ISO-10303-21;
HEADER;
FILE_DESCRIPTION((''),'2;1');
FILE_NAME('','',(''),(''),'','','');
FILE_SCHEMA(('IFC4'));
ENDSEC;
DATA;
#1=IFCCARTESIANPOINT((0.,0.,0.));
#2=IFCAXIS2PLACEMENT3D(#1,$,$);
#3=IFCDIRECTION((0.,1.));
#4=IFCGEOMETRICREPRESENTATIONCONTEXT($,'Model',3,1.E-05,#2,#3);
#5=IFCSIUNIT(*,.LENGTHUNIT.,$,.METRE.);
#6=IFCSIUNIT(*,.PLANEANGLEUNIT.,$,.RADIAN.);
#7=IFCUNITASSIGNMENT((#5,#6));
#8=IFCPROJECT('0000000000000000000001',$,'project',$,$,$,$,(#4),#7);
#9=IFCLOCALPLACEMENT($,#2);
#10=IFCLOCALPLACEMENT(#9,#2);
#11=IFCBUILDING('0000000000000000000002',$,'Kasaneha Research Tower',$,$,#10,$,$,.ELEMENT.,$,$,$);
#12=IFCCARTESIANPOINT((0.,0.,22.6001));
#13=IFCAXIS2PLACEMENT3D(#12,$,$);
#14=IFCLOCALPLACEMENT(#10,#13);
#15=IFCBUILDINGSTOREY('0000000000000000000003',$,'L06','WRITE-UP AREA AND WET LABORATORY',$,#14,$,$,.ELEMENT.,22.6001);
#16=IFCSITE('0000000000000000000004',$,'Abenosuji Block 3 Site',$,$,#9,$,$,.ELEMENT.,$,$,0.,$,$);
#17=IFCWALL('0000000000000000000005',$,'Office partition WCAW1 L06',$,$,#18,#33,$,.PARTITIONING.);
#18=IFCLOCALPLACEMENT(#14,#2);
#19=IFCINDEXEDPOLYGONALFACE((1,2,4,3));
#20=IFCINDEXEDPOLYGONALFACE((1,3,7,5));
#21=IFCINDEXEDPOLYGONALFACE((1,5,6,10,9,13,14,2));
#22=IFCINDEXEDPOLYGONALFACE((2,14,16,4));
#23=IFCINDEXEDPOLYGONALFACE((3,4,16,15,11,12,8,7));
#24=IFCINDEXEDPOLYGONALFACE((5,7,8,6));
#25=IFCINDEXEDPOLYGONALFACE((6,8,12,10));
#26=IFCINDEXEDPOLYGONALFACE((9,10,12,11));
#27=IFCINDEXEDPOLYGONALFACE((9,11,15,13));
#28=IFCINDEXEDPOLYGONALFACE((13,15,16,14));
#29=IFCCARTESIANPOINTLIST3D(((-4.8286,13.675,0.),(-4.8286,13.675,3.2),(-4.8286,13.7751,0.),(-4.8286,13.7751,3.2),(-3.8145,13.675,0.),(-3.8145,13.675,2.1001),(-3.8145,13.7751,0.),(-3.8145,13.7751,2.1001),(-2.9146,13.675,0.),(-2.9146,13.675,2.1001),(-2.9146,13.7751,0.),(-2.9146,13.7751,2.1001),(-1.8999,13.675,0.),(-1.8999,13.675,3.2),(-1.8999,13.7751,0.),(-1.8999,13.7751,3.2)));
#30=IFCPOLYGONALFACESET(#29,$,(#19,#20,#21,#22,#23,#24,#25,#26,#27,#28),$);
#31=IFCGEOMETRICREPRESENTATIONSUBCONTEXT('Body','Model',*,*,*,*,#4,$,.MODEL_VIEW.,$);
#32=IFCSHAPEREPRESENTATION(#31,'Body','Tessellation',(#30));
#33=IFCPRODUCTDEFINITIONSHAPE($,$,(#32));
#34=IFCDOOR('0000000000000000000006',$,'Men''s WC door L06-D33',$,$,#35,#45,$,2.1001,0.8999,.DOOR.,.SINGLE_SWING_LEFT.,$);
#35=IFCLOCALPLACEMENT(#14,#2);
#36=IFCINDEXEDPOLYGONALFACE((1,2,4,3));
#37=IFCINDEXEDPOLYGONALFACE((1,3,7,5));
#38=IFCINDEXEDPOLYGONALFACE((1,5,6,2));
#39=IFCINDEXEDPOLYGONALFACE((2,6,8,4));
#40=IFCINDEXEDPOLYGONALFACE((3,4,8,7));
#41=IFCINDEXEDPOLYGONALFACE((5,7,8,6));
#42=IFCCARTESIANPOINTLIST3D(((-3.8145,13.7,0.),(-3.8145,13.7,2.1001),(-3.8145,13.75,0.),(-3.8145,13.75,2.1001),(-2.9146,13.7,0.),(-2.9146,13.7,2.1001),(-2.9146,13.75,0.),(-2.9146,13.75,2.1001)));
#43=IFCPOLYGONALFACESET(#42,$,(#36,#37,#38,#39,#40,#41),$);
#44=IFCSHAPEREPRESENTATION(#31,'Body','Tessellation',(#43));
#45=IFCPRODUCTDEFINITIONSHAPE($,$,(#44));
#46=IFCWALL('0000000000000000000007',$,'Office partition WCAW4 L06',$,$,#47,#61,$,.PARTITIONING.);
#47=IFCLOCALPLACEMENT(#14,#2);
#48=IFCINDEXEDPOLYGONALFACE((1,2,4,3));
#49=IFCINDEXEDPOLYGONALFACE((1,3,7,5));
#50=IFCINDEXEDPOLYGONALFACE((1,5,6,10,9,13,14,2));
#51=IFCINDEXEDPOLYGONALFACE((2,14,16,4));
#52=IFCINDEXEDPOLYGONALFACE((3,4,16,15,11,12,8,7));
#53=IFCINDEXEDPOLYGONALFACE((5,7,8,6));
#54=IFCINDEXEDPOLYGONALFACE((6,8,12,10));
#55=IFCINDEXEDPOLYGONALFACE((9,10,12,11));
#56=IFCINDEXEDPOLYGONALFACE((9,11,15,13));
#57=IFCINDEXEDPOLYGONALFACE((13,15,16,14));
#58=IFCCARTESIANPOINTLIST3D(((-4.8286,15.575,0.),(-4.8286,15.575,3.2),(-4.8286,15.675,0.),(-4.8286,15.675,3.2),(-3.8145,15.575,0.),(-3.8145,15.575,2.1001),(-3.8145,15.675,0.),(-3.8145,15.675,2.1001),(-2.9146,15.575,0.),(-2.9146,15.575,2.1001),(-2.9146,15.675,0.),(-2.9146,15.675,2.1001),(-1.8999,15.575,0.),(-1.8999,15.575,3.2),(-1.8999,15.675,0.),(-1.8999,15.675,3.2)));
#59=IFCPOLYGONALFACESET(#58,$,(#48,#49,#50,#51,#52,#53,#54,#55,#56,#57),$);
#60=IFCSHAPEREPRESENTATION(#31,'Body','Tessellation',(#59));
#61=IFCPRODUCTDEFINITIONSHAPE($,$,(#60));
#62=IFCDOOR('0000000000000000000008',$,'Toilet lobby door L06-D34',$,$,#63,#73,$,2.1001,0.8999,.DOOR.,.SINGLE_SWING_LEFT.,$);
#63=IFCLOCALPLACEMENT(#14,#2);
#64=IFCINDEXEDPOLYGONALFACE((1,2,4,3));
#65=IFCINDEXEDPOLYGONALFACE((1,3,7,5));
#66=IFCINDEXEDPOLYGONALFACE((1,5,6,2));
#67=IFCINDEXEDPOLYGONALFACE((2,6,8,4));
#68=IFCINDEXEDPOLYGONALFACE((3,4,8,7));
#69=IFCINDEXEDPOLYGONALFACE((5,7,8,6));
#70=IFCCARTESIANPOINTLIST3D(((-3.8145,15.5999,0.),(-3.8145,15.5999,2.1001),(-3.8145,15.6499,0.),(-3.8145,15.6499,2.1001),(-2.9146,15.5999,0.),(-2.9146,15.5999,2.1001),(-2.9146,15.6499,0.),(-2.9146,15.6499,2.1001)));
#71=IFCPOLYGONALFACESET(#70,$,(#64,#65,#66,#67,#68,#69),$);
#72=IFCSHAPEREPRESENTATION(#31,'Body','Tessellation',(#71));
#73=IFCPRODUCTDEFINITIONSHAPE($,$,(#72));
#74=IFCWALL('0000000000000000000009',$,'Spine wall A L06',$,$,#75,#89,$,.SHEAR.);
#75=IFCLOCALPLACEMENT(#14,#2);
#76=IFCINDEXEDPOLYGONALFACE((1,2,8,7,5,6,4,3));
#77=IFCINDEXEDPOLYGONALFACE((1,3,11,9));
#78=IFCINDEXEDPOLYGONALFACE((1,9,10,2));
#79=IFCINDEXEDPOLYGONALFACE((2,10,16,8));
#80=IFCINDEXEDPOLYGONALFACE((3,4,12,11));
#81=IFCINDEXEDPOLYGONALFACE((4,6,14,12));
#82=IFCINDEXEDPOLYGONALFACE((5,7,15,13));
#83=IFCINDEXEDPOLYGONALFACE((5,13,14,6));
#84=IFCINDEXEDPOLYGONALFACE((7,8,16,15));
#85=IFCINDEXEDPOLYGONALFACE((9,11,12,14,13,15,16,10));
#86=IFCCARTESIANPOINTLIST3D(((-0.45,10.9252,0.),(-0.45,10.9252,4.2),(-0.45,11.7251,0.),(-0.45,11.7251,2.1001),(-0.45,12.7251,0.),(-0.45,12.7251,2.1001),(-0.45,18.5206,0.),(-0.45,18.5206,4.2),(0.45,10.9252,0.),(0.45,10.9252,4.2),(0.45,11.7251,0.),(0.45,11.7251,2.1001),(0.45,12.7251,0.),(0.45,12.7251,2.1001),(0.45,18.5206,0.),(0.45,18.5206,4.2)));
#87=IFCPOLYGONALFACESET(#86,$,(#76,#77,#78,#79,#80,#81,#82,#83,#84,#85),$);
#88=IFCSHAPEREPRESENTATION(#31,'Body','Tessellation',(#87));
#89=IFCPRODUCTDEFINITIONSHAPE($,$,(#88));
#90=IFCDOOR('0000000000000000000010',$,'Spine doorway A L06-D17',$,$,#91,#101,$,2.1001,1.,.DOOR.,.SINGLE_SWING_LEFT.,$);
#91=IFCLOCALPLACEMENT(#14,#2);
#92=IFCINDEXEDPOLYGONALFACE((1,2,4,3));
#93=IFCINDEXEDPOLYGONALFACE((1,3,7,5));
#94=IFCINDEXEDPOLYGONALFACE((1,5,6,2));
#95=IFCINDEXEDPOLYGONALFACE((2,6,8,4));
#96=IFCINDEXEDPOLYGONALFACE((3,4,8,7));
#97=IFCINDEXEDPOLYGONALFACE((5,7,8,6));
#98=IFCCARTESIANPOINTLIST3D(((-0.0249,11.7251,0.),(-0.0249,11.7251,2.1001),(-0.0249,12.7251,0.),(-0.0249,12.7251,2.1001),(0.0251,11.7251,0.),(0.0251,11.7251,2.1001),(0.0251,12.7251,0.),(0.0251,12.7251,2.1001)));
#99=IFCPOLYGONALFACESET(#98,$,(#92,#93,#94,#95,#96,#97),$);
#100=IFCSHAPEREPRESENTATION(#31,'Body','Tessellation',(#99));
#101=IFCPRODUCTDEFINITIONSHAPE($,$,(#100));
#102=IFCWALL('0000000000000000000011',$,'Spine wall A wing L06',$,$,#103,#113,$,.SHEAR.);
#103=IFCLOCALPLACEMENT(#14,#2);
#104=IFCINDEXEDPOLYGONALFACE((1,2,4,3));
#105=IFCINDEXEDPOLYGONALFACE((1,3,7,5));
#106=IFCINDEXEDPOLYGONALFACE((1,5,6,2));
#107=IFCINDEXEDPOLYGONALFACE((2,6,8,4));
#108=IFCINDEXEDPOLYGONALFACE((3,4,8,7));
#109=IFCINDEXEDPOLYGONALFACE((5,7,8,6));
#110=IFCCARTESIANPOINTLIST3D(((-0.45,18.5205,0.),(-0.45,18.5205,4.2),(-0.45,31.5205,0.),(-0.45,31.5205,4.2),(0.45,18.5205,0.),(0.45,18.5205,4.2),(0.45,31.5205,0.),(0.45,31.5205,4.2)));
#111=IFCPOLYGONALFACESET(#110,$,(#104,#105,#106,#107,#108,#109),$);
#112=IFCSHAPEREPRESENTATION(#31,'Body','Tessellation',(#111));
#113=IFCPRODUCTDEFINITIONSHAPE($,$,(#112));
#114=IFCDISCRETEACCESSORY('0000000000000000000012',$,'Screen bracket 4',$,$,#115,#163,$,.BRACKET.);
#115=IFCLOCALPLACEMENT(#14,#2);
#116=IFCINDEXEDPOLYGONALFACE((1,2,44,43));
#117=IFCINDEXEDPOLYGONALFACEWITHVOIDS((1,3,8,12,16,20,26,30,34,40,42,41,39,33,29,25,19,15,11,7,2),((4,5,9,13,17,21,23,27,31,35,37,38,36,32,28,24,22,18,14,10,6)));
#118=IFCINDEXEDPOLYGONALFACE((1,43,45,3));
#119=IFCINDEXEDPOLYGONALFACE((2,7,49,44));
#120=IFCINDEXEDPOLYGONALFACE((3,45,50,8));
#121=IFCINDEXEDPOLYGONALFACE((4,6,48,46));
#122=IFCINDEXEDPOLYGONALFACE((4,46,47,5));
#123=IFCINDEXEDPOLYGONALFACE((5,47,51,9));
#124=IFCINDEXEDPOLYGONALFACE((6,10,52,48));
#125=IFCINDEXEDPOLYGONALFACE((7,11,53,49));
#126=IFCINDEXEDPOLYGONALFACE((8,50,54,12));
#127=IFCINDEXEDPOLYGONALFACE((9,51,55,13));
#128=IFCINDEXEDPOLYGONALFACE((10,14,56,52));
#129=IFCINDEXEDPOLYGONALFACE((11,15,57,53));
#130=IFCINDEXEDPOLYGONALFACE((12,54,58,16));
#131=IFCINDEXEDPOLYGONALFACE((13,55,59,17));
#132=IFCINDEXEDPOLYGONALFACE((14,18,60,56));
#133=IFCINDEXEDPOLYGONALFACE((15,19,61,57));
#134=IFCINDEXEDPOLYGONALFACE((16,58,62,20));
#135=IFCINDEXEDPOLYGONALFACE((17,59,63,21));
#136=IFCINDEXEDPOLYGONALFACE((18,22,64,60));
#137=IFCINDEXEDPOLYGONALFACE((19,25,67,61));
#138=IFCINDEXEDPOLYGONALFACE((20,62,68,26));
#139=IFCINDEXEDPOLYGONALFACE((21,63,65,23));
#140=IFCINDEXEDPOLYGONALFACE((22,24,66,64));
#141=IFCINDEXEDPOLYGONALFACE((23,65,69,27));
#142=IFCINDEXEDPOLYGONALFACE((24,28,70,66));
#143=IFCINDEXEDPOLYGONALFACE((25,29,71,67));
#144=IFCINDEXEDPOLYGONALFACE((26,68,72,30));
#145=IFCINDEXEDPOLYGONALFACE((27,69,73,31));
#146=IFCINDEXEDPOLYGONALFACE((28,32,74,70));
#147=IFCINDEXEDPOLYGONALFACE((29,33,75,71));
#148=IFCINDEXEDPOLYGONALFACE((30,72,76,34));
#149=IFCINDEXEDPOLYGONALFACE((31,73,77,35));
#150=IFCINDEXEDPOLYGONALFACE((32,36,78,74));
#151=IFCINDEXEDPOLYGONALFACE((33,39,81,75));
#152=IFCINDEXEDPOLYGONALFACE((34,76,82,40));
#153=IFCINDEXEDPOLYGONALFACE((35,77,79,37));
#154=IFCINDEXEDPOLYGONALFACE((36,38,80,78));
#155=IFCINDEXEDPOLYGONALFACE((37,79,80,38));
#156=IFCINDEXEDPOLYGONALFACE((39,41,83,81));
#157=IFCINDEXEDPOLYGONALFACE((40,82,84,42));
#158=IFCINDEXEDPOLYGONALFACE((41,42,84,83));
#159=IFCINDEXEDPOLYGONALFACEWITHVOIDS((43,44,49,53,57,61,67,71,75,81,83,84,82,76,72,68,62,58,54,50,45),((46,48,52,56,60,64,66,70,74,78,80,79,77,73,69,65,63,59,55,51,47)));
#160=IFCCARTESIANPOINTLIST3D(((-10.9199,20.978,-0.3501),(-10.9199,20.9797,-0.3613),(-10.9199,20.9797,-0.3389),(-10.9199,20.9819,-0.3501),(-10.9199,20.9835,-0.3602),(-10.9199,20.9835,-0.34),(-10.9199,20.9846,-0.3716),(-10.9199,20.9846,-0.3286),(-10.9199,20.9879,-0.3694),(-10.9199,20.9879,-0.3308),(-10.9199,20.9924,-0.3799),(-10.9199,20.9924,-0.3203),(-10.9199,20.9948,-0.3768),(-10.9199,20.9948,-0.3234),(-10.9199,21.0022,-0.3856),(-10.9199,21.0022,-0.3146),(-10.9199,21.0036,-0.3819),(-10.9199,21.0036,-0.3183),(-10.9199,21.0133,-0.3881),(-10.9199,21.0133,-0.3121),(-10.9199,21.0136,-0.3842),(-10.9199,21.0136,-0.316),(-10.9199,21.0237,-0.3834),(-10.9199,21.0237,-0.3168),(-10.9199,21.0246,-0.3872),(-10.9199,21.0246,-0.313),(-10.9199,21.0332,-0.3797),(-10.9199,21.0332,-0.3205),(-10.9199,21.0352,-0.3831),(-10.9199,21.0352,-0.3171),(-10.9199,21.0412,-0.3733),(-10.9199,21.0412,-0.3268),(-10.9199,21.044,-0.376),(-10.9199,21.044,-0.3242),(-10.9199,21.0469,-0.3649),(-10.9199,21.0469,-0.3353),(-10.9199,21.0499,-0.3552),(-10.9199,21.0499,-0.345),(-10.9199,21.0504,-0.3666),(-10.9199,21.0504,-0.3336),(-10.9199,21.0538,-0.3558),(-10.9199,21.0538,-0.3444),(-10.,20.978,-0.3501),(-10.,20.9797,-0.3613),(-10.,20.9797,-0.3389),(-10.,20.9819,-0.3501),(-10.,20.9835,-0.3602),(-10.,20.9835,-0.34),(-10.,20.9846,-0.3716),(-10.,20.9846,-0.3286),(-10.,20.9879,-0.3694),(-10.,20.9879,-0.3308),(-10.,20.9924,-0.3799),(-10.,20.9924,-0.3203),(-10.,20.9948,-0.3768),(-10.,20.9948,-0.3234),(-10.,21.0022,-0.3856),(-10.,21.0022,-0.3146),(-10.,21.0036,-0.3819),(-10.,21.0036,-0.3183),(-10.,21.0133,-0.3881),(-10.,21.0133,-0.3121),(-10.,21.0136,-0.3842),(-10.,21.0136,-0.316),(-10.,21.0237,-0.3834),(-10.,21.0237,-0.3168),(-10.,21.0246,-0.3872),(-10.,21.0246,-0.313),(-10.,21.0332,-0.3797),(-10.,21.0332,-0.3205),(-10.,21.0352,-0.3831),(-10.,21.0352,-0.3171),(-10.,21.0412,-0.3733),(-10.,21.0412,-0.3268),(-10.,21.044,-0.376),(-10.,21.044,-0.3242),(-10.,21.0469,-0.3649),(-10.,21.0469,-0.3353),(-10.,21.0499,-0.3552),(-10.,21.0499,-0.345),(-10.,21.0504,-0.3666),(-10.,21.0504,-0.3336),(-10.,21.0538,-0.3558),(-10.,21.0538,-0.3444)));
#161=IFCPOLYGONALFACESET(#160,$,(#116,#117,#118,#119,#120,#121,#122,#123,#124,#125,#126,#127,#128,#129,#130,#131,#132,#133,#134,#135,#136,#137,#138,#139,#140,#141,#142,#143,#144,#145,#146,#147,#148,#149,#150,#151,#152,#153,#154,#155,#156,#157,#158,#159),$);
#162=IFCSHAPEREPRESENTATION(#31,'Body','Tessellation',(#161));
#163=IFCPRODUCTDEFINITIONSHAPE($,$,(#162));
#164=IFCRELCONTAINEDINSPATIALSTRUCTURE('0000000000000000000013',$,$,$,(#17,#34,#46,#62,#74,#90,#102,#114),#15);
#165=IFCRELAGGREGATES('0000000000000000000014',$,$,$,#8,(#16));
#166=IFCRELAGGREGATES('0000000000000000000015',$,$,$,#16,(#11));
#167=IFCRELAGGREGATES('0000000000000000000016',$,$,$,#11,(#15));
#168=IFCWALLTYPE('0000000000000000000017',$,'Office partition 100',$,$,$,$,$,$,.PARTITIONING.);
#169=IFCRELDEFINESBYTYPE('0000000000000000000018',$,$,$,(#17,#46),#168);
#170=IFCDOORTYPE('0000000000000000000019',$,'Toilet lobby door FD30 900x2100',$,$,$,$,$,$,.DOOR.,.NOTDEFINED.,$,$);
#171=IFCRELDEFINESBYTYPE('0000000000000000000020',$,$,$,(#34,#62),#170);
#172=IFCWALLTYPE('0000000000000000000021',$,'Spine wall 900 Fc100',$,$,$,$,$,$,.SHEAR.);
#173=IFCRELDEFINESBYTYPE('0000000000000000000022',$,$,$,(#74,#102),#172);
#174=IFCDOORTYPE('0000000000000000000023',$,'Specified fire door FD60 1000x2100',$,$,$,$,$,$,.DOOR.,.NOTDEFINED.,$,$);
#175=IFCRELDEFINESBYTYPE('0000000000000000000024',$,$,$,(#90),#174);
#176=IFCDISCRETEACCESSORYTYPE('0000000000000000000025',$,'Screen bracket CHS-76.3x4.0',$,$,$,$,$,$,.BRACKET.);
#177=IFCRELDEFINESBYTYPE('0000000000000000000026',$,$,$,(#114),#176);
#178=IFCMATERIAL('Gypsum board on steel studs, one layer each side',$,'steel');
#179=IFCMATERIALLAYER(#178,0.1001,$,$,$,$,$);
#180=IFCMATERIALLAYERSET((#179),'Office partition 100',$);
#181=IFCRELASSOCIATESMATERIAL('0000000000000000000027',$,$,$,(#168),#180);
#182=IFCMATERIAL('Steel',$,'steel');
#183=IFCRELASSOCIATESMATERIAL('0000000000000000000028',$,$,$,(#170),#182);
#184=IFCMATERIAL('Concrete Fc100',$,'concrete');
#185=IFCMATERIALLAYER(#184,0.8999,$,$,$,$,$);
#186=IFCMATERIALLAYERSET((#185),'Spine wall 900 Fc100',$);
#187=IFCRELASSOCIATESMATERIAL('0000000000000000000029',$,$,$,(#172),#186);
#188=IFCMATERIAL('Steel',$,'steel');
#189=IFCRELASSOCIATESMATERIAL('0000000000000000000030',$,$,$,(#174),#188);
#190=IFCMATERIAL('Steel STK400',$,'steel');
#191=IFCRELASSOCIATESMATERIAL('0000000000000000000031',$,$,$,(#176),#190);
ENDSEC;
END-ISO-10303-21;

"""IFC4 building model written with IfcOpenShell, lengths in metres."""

from ifc_helpers import new_model, si_unit, direction, frame, frame_2d, origin, origin_2d, place, context, subcontext, project, spatial, rectangle, hollow_circle, extrude, material, layer, layer_set, material_profile, profile_set, type_object, element, fill, save


model = new_model("IFC4")

# Units and contexts
model_context = context("Model", 3, precision=1e-05, world=origin(), true_north=direction((0.0, 1.0)))
body_context = subcontext(model_context, "Body", "Model", "MODEL_VIEW")
ifc_project = project(units=[si_unit("LENGTHUNIT", "METRE"), si_unit("PLANEANGLEUNIT", "RADIAN")], contexts=[model_context])

# Site, building, storey
site_placement = place(None, origin())
site = spatial("IfcSite", under=ifc_project, at=site_placement, Name="Abenosuji Block 3 Site", CompositionType="ELEMENT", RefElevation=0.0)
building_placement = place(site_placement, origin())
building = spatial("IfcBuilding", under=site, at=building_placement, Name="Kasaneha Research Tower", CompositionType="ELEMENT")
storey_placement = place(building_placement, frame((0.0, 0.0, 22.6001)))
storey = spatial("IfcBuildingStorey", under=building, at=storey_placement, Name="L06", Description="WRITE-UP AREA AND WET LABORATORY", CompositionType="ELEMENT", Elevation=22.6001)

# Walls, openings, doors
ifc_material_1 = material(Name="Gypsum board on steel studs, one layer each side", Category="steel")
ifc_layer_1 = layer(ifc_material_1, 0.1001)
ifc_layer_set_1 = layer_set([ifc_layer_1], Name="Office partition 100")
wall_type_1 = type_object("IfcWallType", Name="Office partition 100", PredefinedType="PARTITIONING", material=ifc_layer_set_1)
wall_1_placement = place(storey_placement, frame((-4.8286, 13.7251, 0.0), z_axis=(0.0, 0.0, 1.0), x_axis=(1.0, 0.0, 0.0)))
wall_1 = element("IfcWall", 1, at=wall_1_placement, inside=storey, type_object=wall_type_1, Name="Office partition WCAW1 L06", PredefinedType="PARTITIONING", context=body_context, shape_type="SweptSolid", body=[
    extrude(rectangle(XDim=2.9287, YDim=0.1001, at=frame_2d((1.4644, 0.0))), origin(), (0.0, 0.0, 1.0), 3.2),
])
opening_1_placement = place(wall_1_placement, frame((1.0142, 0.0, 0.0)))
opening_1 = element("IfcOpeningElement", 2, at=opening_1_placement, cuts=wall_1, PredefinedType="OPENING", context=body_context, shape_type="SweptSolid", body=[
    extrude(rectangle(XDim=0.8999, YDim=2.1001, at=frame_2d((0.45, 1.05))), frame((0.0, 0.0601, 0.0), z_axis=(0.0, -1.0, 0.0), x_axis=(1.0, 0.0, 0.0)), (0.0, 0.0, 1.0), 0.1201),
])
ifc_material_2 = material(Name="Steel", Category="steel")
door_type_1 = type_object("IfcDoorType", Name="Toilet lobby door FD30 900x2100", OperationType="NOTDEFINED", PredefinedType="DOOR", material=ifc_material_2)
door_1_placement = place(opening_1_placement, origin())
door_1 = element("IfcDoor", 3, at=door_1_placement, inside=storey, type_object=door_type_1, Name="Men's WC door L06-D33", OperationType="SINGLE_SWING_LEFT", OverallHeight=2.1001, OverallWidth=0.8999, PredefinedType="DOOR", context=body_context, shape_type="SweptSolid", body=[
    extrude(rectangle(XDim=0.8999, YDim=2.1001, at=frame_2d((0.45, 1.05))), frame((0.0, 0.0249, 0.0), z_axis=(0.0, -1.0, 0.0), x_axis=(1.0, 0.0, 0.0)), (0.0, 0.0, 1.0), 0.05),
])
fill(opening_1, door_1)
wall_2_placement = place(storey_placement, frame((-4.8286, 15.625, 0.0), z_axis=(0.0, 0.0, 1.0), x_axis=(1.0, 0.0, 0.0)))
wall_2 = element("IfcWall", 4, at=wall_2_placement, inside=storey, type_object=wall_type_1, Name="Office partition WCAW4 L06", PredefinedType="PARTITIONING", context=body_context, shape_type="SweptSolid", body=[
    extrude(rectangle(XDim=2.9287, YDim=0.1001, at=frame_2d((1.4644, 0.0))), origin(), (0.0, 0.0, 1.0), 3.2),
])
opening_2_placement = place(wall_2_placement, frame((1.0142, 0.0, 0.0)))
opening_2 = element("IfcOpeningElement", 5, at=opening_2_placement, cuts=wall_2, PredefinedType="OPENING", context=body_context, shape_type="SweptSolid", body=[
    extrude(rectangle(XDim=0.8999, YDim=2.1001, at=frame_2d((0.45, 1.05))), frame((0.0, 0.0601, 0.0), z_axis=(0.0, -1.0, 0.0), x_axis=(1.0, 0.0, 0.0)), (0.0, 0.0, 1.0), 0.1201),
])
door_2_placement = place(opening_2_placement, origin())
door_2 = element("IfcDoor", 6, at=door_2_placement, inside=storey, type_object=door_type_1, Name="Toilet lobby door L06-D34", OperationType="SINGLE_SWING_LEFT", OverallHeight=2.1001, OverallWidth=0.8999, PredefinedType="DOOR", context=body_context, shape_type="SweptSolid", body=[
    extrude(rectangle(XDim=0.8999, YDim=2.1001, at=frame_2d((0.45, 1.05))), frame((0.0, 0.0249, 0.0), z_axis=(0.0, -1.0, 0.0), x_axis=(1.0, 0.0, 0.0)), (0.0, 0.0, 1.0), 0.05),
])
fill(opening_2, door_2)
ifc_material_3 = material(Name="Concrete Fc100", Category="concrete")
ifc_layer_2 = layer(ifc_material_3, 0.8999)
ifc_layer_set_2 = layer_set([ifc_layer_2], Name="Spine wall 900 Fc100")
wall_type_2 = type_object("IfcWallType", Name="Spine wall 900 Fc100", PredefinedType="SHEAR", material=ifc_layer_set_2)
wall_3_placement = place(storey_placement, frame((0.0, 10.925, 0.0), z_axis=(0.0, 0.0, 1.0), x_axis=(0.0, 1.0, 0.0)))
wall_3 = element("IfcWall", 7, at=wall_3_placement, inside=storey, type_object=wall_type_2, Name="Spine wall A L06", PredefinedType="SHEAR", context=body_context, shape_type="SweptSolid", body=[
    extrude(rectangle(XDim=7.5955, YDim=0.8999, at=frame_2d((3.7979, 0.0))), origin(), (0.0, 0.0, 1.0), 4.2),
])
opening_3_placement = place(wall_3_placement, frame((0.8, 0.0, 0.0)))
opening_3 = element("IfcOpeningElement", 8, at=opening_3_placement, cuts=wall_3, PredefinedType="OPENING", context=body_context, shape_type="SweptSolid", body=[
    extrude(rectangle(XDim=1.0, YDim=2.1001, at=frame_2d((0.5, 1.05))), frame((0.0, 0.46, 0.0), z_axis=(0.0, -1.0, 0.0), x_axis=(1.0, 0.0, 0.0)), (0.0, 0.0, 1.0), 0.9199),
])
ifc_material_4 = material(Name="Steel", Category="steel")
door_type_2 = type_object("IfcDoorType", Name="Specified fire door FD60 1000x2100", OperationType="NOTDEFINED", PredefinedType="DOOR", material=ifc_material_4)
door_3_placement = place(opening_3_placement, origin())
door_3 = element("IfcDoor", 9, at=door_3_placement, inside=storey, type_object=door_type_2, Name="Spine doorway A L06-D17", OperationType="SINGLE_SWING_LEFT", OverallHeight=2.1001, OverallWidth=1.0, PredefinedType="DOOR", context=body_context, shape_type="SweptSolid", body=[
    extrude(rectangle(XDim=1.0, YDim=2.1001, at=frame_2d((0.5, 1.05))), frame((0.0, 0.0249, 0.0), z_axis=(0.0, -1.0, 0.0), x_axis=(1.0, 0.0, 0.0)), (0.0, 0.0, 1.0), 0.05),
])
fill(opening_3, door_3)

# Wall
wall_4_placement = place(storey_placement, frame((0.0, 18.5205, 0.0), z_axis=(0.0, 0.0, 1.0), x_axis=(0.0, 1.0, 0.0)))
element("IfcWall", 10, at=wall_4_placement, inside=storey, type_object=wall_type_2, Name="Spine wall A wing L06", PredefinedType="SHEAR", context=body_context, shape_type="SweptSolid", body=[
    extrude(rectangle(XDim=13.0, YDim=0.8999, at=frame_2d((6.5, 0.0))), origin(), (0.0, 0.0, 1.0), 4.2),
])

# Discrete accessory
ifc_material_5 = material(Name="Steel STK400", Category="steel")
ifc_material_profile_1 = material_profile(ifc_material_5, hollow_circle(Radius=0.0381, WallThickness=0.0039, at=origin_2d()), Name="CHS-76.3x4.0")
ifc_profile_set_1 = profile_set([ifc_material_profile_1], Name="Steel STK400")
discrete_accessory_type = type_object("IfcDiscreteAccessoryType", Name="Screen bracket CHS-76.3x4.0", PredefinedType="BRACKET", material=ifc_profile_set_1)
for number, where, z_axis, x_axis, name in (
    (11, (-10.0, 21.0161, -0.3501), (-1.0, 0.0, 0.0), (0.0, -1.0, 0.0), "Screen bracket 4"),
):
    element("IfcDiscreteAccessory", number, at=place(storey_placement, frame(where, z_axis=z_axis, x_axis=x_axis)), inside=storey, type_object=discrete_accessory_type, Name=name, PredefinedType="BRACKET", context=body_context, shape_type="SweptSolid", body=[
        extrude(hollow_circle(Radius=0.0381, WallThickness=0.0039, at=origin_2d()), origin(), (0.0, 0.0, 1.0), 0.9199),
    ])

save(model, "model.ifc")
